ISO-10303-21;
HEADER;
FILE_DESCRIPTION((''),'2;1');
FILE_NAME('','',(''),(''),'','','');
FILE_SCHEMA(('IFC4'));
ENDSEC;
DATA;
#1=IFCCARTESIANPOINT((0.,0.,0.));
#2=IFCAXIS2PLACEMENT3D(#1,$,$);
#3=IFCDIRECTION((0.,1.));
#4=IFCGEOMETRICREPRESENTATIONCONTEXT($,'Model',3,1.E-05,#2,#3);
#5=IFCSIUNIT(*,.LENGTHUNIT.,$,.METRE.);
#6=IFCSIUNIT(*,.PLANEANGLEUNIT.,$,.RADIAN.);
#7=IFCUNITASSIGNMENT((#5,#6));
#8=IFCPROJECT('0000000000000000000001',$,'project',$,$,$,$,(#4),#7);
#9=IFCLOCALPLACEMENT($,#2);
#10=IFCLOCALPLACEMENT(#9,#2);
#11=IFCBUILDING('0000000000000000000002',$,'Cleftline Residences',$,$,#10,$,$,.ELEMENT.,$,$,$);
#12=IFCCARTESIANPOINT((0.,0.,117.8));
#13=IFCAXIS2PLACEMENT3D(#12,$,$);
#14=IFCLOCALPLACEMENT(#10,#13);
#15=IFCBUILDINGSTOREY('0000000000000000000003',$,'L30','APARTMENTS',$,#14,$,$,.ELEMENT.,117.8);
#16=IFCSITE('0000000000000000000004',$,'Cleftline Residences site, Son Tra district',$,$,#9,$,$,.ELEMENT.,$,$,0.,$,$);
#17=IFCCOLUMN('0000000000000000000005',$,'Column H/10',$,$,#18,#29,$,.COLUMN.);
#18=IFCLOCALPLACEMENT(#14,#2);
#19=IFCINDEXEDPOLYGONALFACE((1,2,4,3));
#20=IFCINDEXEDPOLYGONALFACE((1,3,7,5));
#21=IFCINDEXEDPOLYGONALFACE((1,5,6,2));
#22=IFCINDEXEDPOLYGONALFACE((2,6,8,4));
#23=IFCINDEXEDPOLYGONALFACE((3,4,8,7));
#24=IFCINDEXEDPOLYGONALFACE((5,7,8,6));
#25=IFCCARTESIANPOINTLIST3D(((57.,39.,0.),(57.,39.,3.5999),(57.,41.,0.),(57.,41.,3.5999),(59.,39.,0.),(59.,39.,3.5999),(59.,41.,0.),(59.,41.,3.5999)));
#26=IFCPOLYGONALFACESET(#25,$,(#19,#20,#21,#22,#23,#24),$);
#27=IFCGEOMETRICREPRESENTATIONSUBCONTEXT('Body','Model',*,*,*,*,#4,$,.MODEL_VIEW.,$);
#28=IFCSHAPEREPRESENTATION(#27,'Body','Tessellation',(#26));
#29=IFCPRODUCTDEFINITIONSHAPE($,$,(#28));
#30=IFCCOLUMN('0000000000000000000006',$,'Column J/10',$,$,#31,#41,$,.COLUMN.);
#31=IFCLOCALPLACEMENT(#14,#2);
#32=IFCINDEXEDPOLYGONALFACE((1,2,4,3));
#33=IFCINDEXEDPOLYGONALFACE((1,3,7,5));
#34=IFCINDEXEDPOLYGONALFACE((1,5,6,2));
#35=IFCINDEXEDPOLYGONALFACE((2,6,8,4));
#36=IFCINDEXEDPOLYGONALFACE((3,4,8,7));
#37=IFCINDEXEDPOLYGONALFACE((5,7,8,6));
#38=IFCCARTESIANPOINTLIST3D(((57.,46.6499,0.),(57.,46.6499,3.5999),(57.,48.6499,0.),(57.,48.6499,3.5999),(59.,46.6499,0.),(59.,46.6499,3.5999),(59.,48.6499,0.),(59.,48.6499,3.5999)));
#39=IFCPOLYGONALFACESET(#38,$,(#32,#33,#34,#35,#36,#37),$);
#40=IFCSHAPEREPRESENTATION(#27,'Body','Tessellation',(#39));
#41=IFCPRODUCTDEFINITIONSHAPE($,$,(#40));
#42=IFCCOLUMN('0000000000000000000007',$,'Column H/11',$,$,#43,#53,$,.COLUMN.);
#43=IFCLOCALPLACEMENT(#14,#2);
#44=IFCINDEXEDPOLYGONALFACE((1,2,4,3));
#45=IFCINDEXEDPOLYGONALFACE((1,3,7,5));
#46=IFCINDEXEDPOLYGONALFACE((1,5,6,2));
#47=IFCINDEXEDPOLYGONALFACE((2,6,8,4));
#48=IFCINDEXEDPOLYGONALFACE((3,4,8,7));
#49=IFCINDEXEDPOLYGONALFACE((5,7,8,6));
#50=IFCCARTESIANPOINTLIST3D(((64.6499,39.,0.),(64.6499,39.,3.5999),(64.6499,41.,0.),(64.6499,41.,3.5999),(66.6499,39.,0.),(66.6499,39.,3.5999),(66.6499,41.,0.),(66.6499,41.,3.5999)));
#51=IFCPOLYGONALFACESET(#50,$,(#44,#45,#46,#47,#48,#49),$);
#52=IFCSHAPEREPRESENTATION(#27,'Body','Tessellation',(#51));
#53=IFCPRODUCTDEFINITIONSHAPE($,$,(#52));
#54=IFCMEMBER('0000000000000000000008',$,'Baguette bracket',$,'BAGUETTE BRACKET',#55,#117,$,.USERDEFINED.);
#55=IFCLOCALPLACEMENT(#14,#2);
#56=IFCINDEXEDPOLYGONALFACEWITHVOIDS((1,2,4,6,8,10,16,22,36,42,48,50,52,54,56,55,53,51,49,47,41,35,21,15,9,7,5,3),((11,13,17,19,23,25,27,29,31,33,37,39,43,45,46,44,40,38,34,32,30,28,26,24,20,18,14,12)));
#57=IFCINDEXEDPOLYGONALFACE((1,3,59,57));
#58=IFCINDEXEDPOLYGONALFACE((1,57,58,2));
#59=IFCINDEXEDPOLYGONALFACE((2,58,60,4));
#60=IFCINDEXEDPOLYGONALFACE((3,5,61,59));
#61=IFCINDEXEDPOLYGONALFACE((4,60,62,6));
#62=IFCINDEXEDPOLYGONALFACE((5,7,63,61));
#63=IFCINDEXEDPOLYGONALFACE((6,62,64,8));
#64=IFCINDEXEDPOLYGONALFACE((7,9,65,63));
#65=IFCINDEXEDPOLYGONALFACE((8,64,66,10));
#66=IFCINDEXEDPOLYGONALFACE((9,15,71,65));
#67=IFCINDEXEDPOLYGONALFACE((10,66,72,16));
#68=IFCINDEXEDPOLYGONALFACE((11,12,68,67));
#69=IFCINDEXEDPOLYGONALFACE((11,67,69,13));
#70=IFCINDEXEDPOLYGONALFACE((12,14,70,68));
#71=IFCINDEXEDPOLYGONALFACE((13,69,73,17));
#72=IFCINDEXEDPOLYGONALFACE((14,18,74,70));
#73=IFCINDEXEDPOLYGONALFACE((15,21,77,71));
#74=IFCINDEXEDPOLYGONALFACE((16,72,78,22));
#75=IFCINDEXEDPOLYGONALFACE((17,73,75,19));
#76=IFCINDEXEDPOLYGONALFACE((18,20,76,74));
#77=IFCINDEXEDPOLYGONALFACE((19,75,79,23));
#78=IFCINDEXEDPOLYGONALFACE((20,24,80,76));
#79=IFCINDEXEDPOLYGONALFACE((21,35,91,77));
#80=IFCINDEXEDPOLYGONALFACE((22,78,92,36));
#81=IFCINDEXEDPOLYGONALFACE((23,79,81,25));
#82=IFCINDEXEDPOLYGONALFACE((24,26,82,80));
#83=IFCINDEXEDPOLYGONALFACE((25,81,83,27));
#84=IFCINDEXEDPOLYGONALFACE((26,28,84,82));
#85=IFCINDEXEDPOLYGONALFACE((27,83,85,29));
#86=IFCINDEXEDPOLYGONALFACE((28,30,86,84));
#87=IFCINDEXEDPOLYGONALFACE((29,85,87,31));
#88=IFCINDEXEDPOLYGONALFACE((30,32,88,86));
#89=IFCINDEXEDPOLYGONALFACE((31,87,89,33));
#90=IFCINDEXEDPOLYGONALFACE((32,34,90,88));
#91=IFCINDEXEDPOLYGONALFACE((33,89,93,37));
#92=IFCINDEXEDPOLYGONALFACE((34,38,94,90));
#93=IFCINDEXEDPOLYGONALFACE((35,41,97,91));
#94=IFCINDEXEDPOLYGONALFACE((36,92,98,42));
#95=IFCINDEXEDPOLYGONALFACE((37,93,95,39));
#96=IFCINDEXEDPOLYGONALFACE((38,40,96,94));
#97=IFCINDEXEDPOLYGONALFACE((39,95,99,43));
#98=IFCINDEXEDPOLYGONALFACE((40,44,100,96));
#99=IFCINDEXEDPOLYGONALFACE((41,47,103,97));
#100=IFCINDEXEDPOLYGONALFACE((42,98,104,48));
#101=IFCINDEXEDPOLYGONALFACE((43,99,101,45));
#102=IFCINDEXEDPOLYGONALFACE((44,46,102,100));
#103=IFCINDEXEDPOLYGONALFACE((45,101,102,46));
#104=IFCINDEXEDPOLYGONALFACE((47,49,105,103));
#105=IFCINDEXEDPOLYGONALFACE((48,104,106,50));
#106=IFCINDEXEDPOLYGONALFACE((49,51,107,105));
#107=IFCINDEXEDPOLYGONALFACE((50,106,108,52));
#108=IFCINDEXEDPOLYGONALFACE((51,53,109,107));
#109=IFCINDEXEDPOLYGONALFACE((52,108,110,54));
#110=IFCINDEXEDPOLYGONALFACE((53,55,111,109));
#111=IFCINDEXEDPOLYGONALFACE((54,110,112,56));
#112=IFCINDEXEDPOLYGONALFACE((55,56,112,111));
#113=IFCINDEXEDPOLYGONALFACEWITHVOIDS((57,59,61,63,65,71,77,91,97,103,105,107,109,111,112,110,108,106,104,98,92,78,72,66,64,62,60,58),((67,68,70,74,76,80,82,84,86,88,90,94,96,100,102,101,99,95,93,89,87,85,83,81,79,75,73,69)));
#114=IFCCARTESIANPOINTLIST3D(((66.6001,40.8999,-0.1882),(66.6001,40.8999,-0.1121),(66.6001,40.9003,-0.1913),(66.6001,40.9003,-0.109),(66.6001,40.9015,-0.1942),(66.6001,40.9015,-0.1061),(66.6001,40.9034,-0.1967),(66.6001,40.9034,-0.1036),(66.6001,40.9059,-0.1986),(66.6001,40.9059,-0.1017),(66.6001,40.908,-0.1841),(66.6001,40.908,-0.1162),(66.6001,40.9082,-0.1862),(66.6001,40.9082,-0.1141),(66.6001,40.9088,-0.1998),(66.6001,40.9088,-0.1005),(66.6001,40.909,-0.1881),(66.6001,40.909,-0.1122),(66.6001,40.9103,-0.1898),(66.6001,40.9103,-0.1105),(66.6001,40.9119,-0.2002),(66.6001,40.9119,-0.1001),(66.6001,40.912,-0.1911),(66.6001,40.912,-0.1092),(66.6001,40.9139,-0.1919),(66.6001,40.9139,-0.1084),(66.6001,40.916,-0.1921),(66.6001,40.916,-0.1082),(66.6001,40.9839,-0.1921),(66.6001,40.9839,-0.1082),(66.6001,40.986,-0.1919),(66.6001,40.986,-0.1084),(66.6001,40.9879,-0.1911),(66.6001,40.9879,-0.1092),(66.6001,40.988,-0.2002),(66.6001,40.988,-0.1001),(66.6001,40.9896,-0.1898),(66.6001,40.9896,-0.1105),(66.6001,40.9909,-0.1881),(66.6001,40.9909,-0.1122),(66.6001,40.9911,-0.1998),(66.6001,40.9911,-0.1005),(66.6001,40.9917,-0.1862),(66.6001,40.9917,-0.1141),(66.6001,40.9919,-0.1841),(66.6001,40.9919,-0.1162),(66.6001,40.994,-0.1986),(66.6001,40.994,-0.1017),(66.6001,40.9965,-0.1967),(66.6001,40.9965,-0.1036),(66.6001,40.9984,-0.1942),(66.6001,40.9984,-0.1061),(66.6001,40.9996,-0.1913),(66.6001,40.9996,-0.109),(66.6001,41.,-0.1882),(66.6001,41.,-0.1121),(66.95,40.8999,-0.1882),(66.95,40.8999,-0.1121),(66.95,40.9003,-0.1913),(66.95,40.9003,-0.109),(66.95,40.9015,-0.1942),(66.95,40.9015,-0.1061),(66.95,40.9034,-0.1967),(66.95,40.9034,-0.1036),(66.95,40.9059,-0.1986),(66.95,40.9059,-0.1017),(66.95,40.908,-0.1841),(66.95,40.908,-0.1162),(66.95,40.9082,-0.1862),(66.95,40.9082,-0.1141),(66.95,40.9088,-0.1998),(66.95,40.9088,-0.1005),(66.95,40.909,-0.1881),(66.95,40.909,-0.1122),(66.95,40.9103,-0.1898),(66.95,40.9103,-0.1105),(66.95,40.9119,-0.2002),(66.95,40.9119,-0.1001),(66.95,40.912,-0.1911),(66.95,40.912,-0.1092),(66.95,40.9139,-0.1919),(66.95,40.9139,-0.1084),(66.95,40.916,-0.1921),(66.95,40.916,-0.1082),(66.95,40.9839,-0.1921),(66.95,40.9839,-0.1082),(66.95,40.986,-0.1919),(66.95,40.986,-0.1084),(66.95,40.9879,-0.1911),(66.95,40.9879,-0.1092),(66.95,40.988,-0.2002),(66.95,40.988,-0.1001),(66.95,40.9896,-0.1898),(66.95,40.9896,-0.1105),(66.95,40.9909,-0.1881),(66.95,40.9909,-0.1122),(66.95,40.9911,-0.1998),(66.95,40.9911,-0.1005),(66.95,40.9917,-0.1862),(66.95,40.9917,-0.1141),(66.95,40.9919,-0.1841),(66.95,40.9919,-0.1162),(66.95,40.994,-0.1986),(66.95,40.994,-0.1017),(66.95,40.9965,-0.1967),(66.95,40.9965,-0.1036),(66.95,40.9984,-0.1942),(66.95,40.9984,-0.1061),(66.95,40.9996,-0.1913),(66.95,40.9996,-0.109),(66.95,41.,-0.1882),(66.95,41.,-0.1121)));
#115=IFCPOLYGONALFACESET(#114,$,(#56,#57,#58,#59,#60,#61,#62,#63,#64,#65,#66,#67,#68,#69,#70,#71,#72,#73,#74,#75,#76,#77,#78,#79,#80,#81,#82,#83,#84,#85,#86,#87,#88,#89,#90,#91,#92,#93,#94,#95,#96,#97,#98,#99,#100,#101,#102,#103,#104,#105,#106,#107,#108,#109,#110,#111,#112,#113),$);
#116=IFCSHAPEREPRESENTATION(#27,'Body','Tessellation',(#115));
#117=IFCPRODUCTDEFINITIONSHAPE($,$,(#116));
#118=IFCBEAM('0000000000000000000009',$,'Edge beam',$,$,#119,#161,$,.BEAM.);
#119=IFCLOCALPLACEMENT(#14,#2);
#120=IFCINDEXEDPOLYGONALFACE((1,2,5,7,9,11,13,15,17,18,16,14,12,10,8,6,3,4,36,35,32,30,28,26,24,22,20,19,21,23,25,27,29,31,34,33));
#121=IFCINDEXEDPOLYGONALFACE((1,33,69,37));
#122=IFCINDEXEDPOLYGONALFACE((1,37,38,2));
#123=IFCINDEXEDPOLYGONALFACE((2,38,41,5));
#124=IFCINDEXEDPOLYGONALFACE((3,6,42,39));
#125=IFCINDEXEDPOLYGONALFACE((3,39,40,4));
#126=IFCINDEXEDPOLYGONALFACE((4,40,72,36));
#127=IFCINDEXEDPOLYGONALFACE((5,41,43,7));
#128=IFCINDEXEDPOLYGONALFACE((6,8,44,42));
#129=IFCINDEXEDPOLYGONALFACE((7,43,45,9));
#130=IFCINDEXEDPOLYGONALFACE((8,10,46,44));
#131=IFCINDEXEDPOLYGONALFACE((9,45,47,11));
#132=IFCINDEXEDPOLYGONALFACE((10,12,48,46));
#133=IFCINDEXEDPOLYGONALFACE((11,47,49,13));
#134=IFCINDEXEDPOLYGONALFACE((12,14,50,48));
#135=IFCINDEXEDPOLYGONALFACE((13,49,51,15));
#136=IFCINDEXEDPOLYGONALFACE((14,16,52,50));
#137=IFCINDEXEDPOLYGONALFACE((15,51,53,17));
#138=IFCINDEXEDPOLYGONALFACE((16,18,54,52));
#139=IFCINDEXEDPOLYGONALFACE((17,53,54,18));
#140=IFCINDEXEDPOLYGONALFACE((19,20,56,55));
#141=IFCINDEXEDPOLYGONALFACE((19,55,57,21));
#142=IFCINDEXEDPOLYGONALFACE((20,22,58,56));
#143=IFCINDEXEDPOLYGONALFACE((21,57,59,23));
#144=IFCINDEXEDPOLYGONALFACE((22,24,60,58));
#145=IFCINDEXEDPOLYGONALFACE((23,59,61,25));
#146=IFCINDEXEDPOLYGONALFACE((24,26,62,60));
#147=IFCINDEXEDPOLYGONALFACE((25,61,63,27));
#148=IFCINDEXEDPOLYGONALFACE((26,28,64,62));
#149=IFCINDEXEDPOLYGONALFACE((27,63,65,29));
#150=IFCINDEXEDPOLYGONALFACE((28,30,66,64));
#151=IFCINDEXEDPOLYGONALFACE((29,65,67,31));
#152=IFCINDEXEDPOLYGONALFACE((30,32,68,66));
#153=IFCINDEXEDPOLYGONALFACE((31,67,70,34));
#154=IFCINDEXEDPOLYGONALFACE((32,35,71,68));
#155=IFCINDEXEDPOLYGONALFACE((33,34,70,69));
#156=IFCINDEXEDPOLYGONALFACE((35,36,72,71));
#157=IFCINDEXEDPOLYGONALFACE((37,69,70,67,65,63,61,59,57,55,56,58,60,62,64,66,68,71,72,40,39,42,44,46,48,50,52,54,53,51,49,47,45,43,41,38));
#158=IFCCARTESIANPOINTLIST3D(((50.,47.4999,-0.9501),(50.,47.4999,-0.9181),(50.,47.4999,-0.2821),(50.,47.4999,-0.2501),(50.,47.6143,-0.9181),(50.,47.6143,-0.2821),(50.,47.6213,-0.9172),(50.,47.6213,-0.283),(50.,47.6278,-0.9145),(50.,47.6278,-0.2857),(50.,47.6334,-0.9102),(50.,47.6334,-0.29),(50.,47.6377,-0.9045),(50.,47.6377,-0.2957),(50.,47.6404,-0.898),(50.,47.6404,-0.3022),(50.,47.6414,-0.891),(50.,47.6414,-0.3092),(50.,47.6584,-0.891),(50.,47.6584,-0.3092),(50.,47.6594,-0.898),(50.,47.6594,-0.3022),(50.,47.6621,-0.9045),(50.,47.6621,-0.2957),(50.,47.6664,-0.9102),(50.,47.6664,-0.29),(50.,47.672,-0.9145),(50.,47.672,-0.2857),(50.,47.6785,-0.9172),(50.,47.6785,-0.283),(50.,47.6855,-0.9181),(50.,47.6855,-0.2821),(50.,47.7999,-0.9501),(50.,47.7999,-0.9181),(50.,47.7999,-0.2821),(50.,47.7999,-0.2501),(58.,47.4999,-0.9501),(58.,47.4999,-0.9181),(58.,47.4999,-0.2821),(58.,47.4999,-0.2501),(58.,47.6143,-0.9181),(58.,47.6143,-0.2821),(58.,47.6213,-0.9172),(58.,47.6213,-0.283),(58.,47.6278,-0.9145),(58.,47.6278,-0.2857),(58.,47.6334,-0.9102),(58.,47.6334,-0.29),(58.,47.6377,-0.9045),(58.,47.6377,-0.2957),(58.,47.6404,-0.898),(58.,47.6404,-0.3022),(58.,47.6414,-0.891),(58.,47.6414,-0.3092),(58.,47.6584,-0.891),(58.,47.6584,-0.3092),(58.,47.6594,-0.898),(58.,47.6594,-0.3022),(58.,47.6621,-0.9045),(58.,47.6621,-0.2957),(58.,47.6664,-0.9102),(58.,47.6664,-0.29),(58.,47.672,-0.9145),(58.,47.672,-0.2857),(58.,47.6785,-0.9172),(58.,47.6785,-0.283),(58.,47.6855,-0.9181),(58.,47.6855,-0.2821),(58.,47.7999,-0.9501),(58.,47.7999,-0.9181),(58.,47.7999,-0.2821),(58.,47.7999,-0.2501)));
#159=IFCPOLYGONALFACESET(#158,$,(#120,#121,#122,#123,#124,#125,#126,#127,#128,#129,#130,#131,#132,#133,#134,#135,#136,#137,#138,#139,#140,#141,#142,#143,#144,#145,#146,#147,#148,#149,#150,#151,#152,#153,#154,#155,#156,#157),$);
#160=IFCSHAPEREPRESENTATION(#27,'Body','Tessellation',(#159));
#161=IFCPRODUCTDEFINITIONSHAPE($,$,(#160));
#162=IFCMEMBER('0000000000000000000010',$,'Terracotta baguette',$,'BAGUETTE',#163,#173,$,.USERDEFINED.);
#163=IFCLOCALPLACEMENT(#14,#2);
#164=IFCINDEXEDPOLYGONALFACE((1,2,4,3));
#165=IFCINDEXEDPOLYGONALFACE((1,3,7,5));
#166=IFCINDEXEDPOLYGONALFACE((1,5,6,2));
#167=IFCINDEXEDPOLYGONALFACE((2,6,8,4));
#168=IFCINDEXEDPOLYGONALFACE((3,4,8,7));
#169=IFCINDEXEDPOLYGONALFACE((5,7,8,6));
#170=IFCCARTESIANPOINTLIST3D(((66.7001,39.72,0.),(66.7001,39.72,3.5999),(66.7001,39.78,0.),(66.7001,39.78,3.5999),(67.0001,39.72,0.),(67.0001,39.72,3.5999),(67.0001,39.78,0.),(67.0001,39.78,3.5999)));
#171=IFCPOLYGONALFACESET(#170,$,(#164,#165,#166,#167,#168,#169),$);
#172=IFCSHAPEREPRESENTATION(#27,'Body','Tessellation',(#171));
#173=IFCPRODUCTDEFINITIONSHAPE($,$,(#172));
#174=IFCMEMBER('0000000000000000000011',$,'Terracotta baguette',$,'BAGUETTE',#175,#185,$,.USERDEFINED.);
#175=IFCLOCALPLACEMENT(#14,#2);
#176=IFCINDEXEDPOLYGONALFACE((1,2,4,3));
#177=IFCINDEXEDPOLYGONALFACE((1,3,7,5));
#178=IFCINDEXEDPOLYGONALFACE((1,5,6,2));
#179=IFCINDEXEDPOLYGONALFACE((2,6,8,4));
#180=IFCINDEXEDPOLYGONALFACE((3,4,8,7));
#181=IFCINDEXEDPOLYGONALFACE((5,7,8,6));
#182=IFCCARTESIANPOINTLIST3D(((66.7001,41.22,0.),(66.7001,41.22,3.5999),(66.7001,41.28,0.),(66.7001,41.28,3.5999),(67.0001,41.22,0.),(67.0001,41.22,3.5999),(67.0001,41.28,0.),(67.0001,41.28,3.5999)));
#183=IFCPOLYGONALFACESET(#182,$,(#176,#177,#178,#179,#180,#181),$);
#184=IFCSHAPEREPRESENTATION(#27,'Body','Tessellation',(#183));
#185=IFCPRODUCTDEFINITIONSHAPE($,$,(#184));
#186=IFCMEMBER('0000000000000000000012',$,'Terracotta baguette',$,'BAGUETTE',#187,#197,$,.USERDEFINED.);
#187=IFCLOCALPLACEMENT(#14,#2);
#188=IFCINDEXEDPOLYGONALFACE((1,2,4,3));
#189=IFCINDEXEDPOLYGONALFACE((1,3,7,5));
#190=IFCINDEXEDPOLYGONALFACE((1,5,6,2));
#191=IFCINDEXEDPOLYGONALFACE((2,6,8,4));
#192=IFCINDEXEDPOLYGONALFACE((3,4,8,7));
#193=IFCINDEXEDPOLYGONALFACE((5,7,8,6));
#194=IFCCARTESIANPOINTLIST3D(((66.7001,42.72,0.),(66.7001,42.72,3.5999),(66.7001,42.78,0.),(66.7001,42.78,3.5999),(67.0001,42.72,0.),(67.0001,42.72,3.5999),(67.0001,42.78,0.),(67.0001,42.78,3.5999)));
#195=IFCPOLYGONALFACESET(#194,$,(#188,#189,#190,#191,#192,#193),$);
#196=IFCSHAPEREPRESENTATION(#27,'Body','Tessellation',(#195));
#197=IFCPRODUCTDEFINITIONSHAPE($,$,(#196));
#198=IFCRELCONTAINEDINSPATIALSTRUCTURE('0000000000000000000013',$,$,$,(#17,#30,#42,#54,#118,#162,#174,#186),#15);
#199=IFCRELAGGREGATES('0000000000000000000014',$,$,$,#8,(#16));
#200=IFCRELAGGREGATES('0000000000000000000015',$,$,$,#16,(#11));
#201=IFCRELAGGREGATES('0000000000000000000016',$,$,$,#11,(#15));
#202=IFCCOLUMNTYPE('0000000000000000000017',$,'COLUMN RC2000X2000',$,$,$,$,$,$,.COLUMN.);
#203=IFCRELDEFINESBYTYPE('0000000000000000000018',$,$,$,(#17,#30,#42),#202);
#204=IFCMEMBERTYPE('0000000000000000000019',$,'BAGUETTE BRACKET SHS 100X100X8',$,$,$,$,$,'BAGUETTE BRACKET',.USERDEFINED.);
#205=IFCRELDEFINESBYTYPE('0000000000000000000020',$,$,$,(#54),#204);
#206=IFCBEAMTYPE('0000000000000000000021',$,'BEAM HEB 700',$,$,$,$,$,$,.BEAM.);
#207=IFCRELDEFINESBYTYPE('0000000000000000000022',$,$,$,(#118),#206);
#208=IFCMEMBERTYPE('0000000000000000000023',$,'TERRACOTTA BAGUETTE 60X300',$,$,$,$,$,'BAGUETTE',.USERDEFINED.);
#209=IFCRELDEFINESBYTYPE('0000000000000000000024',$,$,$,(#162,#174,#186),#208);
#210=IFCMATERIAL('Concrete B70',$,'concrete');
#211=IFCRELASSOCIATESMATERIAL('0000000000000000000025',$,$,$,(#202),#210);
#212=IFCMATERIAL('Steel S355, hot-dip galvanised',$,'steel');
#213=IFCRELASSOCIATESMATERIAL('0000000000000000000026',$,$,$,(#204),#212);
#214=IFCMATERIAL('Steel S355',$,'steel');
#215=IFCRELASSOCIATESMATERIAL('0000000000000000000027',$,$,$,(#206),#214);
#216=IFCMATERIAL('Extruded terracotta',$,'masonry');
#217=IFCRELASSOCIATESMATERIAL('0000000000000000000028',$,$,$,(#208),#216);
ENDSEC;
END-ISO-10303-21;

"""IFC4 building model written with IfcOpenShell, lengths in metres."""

from ifc_helpers import new_model, si_unit, direction, frame, origin, origin_2d, place, context, subcontext, project, spatial, rectangle, hollow_rectangle, i_section, extrude, material, material_profile, profile_set, type_object, element, save


model = new_model("IFC4")

# Units and contexts
model_context = context("Model", 3, precision=1e-05, world=origin(), true_north=direction((0.0, 1.0)))
body_context = subcontext(model_context, "Body", "Model", "MODEL_VIEW")
ifc_project = project(units=[si_unit("LENGTHUNIT", "METRE"), si_unit("PLANEANGLEUNIT", "RADIAN")], contexts=[model_context])

# Site, building, storey
site_placement = place(None, origin())
site = spatial("IfcSite", under=ifc_project, at=site_placement, Name="Cleftline Residences site, Son Tra district", CompositionType="ELEMENT", RefElevation=0.0)
building_placement = place(site_placement, origin())
building = spatial("IfcBuilding", under=site, at=building_placement, Name="Cleftline Residences", CompositionType="ELEMENT")
storey_placement = place(building_placement, frame((0.0, 0.0, 117.8)))
storey = spatial("IfcBuildingStorey", under=building, at=storey_placement, Name="L30", Description="APARTMENTS", CompositionType="ELEMENT", Elevation=117.8)

# Columns
ifc_material_1 = material(Name="Concrete B70", Category="concrete")
ifc_material_profile_1 = material_profile(ifc_material_1, rectangle(XDim=2.0, YDim=2.0, at=origin_2d()))
ifc_profile_set_1 = profile_set([ifc_material_profile_1], Name="Concrete B70")
column_type = type_object("IfcColumnType", Name="COLUMN RC2000X2000", PredefinedType="COLUMN", material=ifc_profile_set_1)
for number, where, z_axis, x_axis, name in (
    (1, (58.0, 40.0, 0.0), (0.0, 0.0, 1.0), (1.0, 0.0, 0.0), "Column H/10"),
    (2, (58.0, 47.6499, 0.0), (0.0, 0.0, 1.0), (1.0, 0.0, 0.0), "Column J/10"),
    (3, (65.6499, 40.0, 0.0), (0.0, 0.0, 1.0), (1.0, 0.0, 0.0), "Column H/11"),
):
    element("IfcColumn", number, at=place(storey_placement, frame(where, z_axis=z_axis, x_axis=x_axis)), inside=storey, type_object=column_type, Name=name, PredefinedType="COLUMN", context=body_context, shape_type="SweptSolid", body=[
        extrude(rectangle(XDim=2.0, YDim=2.0, at=origin_2d()), origin(), (0.0, 0.0, 1.0), 3.5999),
    ])

# Member
ifc_material_2 = material(Name="Steel S355, hot-dip galvanised", Category="steel")
ifc_material_profile_2 = material_profile(ifc_material_2, hollow_rectangle(XDim=0.1001, YDim=0.1001, WallThickness=0.0081, InnerFilletRadius=0.0081, OuterFilletRadius=0.012, at=origin_2d()))
ifc_profile_set_2 = profile_set([ifc_material_profile_2], Name="Steel S355, hot-dip galvanised")
member_type_1 = type_object("IfcMemberType", Name="BAGUETTE BRACKET SHS 100X100X8", ElementType="BAGUETTE BRACKET", PredefinedType="USERDEFINED", material=ifc_profile_set_2)
member_placement = place(storey_placement, frame((66.6001, 40.95, -0.1501), z_axis=(1.0, 0.0, 0.0), x_axis=(0.0, 1.0, 0.0)))
element("IfcMember", 4, at=member_placement, inside=storey, type_object=member_type_1, Name="Baguette bracket", ObjectType="BAGUETTE BRACKET", PredefinedType="USERDEFINED", context=body_context, shape_type="SweptSolid", body=[
    extrude(hollow_rectangle(XDim=0.1001, YDim=0.1001, WallThickness=0.0081, InnerFilletRadius=0.0081, OuterFilletRadius=0.012, at=origin_2d()), origin(), (0.0, 0.0, 1.0), 0.3499),
])

# Beam
ifc_material_3 = material(Name="Steel S355", Category="steel")
ifc_material_profile_3 = material_profile(ifc_material_3, i_section(OverallWidth=0.3, OverallDepth=0.7, WebThickness=0.0171, FlangeThickness=0.032, FilletRadius=0.0271, at=origin_2d()))
ifc_profile_set_3 = profile_set([ifc_material_profile_3], Name="Steel S355")
beam_type = type_object("IfcBeamType", Name="BEAM HEB 700", PredefinedType="BEAM", material=ifc_profile_set_3)
beam_placement = place(storey_placement, frame((58.0, 47.6499, -0.6001), z_axis=(-1.0, 0.0, 0.0), x_axis=(0.0, -1.0, 0.0)))
element("IfcBeam", 5, at=beam_placement, inside=storey, type_object=beam_type, Name="Edge beam", PredefinedType="BEAM", context=body_context, shape_type="SweptSolid", body=[
    extrude(i_section(OverallWidth=0.3, OverallDepth=0.7, WebThickness=0.0171, FlangeThickness=0.032, FilletRadius=0.0271, at=origin_2d()), origin(), (0.0, 0.0, 1.0), 8.0),
])

# Members
ifc_material_4 = material(Name="Extruded terracotta", Category="masonry")
ifc_material_profile_4 = material_profile(ifc_material_4, rectangle(XDim=0.0601, YDim=0.3, at=origin_2d()))
ifc_profile_set_4 = profile_set([ifc_material_profile_4], Name="Extruded terracotta")
member_type_2 = type_object("IfcMemberType", Name="TERRACOTTA BAGUETTE 60X300", ElementType="BAGUETTE", PredefinedType="USERDEFINED", material=ifc_profile_set_4)
for number, where, z_axis, x_axis, name in (
    (6, (66.8501, 39.75, 0.0), (0.0, 0.0, 1.0), (0.0, 1.0, 0.0), "Terracotta baguette"),
    (7, (66.8501, 41.25, 0.0), (0.0, 0.0, 1.0), (0.0, 1.0, 0.0), "Terracotta baguette"),
    (8, (66.8501, 42.75, 0.0), (0.0, 0.0, 1.0), (0.0, 1.0, 0.0), "Terracotta baguette"),
):
    element("IfcMember", number, at=place(storey_placement, frame(where, z_axis=z_axis, x_axis=x_axis)), inside=storey, type_object=member_type_2, Name=name, ObjectType="BAGUETTE", PredefinedType="USERDEFINED", context=body_context, shape_type="SweptSolid", body=[
        extrude(rectangle(XDim=0.0601, YDim=0.3, at=origin_2d()), origin(), (0.0, 0.0, 1.0), 3.5999),
    ])

save(model, "model.ifc")
